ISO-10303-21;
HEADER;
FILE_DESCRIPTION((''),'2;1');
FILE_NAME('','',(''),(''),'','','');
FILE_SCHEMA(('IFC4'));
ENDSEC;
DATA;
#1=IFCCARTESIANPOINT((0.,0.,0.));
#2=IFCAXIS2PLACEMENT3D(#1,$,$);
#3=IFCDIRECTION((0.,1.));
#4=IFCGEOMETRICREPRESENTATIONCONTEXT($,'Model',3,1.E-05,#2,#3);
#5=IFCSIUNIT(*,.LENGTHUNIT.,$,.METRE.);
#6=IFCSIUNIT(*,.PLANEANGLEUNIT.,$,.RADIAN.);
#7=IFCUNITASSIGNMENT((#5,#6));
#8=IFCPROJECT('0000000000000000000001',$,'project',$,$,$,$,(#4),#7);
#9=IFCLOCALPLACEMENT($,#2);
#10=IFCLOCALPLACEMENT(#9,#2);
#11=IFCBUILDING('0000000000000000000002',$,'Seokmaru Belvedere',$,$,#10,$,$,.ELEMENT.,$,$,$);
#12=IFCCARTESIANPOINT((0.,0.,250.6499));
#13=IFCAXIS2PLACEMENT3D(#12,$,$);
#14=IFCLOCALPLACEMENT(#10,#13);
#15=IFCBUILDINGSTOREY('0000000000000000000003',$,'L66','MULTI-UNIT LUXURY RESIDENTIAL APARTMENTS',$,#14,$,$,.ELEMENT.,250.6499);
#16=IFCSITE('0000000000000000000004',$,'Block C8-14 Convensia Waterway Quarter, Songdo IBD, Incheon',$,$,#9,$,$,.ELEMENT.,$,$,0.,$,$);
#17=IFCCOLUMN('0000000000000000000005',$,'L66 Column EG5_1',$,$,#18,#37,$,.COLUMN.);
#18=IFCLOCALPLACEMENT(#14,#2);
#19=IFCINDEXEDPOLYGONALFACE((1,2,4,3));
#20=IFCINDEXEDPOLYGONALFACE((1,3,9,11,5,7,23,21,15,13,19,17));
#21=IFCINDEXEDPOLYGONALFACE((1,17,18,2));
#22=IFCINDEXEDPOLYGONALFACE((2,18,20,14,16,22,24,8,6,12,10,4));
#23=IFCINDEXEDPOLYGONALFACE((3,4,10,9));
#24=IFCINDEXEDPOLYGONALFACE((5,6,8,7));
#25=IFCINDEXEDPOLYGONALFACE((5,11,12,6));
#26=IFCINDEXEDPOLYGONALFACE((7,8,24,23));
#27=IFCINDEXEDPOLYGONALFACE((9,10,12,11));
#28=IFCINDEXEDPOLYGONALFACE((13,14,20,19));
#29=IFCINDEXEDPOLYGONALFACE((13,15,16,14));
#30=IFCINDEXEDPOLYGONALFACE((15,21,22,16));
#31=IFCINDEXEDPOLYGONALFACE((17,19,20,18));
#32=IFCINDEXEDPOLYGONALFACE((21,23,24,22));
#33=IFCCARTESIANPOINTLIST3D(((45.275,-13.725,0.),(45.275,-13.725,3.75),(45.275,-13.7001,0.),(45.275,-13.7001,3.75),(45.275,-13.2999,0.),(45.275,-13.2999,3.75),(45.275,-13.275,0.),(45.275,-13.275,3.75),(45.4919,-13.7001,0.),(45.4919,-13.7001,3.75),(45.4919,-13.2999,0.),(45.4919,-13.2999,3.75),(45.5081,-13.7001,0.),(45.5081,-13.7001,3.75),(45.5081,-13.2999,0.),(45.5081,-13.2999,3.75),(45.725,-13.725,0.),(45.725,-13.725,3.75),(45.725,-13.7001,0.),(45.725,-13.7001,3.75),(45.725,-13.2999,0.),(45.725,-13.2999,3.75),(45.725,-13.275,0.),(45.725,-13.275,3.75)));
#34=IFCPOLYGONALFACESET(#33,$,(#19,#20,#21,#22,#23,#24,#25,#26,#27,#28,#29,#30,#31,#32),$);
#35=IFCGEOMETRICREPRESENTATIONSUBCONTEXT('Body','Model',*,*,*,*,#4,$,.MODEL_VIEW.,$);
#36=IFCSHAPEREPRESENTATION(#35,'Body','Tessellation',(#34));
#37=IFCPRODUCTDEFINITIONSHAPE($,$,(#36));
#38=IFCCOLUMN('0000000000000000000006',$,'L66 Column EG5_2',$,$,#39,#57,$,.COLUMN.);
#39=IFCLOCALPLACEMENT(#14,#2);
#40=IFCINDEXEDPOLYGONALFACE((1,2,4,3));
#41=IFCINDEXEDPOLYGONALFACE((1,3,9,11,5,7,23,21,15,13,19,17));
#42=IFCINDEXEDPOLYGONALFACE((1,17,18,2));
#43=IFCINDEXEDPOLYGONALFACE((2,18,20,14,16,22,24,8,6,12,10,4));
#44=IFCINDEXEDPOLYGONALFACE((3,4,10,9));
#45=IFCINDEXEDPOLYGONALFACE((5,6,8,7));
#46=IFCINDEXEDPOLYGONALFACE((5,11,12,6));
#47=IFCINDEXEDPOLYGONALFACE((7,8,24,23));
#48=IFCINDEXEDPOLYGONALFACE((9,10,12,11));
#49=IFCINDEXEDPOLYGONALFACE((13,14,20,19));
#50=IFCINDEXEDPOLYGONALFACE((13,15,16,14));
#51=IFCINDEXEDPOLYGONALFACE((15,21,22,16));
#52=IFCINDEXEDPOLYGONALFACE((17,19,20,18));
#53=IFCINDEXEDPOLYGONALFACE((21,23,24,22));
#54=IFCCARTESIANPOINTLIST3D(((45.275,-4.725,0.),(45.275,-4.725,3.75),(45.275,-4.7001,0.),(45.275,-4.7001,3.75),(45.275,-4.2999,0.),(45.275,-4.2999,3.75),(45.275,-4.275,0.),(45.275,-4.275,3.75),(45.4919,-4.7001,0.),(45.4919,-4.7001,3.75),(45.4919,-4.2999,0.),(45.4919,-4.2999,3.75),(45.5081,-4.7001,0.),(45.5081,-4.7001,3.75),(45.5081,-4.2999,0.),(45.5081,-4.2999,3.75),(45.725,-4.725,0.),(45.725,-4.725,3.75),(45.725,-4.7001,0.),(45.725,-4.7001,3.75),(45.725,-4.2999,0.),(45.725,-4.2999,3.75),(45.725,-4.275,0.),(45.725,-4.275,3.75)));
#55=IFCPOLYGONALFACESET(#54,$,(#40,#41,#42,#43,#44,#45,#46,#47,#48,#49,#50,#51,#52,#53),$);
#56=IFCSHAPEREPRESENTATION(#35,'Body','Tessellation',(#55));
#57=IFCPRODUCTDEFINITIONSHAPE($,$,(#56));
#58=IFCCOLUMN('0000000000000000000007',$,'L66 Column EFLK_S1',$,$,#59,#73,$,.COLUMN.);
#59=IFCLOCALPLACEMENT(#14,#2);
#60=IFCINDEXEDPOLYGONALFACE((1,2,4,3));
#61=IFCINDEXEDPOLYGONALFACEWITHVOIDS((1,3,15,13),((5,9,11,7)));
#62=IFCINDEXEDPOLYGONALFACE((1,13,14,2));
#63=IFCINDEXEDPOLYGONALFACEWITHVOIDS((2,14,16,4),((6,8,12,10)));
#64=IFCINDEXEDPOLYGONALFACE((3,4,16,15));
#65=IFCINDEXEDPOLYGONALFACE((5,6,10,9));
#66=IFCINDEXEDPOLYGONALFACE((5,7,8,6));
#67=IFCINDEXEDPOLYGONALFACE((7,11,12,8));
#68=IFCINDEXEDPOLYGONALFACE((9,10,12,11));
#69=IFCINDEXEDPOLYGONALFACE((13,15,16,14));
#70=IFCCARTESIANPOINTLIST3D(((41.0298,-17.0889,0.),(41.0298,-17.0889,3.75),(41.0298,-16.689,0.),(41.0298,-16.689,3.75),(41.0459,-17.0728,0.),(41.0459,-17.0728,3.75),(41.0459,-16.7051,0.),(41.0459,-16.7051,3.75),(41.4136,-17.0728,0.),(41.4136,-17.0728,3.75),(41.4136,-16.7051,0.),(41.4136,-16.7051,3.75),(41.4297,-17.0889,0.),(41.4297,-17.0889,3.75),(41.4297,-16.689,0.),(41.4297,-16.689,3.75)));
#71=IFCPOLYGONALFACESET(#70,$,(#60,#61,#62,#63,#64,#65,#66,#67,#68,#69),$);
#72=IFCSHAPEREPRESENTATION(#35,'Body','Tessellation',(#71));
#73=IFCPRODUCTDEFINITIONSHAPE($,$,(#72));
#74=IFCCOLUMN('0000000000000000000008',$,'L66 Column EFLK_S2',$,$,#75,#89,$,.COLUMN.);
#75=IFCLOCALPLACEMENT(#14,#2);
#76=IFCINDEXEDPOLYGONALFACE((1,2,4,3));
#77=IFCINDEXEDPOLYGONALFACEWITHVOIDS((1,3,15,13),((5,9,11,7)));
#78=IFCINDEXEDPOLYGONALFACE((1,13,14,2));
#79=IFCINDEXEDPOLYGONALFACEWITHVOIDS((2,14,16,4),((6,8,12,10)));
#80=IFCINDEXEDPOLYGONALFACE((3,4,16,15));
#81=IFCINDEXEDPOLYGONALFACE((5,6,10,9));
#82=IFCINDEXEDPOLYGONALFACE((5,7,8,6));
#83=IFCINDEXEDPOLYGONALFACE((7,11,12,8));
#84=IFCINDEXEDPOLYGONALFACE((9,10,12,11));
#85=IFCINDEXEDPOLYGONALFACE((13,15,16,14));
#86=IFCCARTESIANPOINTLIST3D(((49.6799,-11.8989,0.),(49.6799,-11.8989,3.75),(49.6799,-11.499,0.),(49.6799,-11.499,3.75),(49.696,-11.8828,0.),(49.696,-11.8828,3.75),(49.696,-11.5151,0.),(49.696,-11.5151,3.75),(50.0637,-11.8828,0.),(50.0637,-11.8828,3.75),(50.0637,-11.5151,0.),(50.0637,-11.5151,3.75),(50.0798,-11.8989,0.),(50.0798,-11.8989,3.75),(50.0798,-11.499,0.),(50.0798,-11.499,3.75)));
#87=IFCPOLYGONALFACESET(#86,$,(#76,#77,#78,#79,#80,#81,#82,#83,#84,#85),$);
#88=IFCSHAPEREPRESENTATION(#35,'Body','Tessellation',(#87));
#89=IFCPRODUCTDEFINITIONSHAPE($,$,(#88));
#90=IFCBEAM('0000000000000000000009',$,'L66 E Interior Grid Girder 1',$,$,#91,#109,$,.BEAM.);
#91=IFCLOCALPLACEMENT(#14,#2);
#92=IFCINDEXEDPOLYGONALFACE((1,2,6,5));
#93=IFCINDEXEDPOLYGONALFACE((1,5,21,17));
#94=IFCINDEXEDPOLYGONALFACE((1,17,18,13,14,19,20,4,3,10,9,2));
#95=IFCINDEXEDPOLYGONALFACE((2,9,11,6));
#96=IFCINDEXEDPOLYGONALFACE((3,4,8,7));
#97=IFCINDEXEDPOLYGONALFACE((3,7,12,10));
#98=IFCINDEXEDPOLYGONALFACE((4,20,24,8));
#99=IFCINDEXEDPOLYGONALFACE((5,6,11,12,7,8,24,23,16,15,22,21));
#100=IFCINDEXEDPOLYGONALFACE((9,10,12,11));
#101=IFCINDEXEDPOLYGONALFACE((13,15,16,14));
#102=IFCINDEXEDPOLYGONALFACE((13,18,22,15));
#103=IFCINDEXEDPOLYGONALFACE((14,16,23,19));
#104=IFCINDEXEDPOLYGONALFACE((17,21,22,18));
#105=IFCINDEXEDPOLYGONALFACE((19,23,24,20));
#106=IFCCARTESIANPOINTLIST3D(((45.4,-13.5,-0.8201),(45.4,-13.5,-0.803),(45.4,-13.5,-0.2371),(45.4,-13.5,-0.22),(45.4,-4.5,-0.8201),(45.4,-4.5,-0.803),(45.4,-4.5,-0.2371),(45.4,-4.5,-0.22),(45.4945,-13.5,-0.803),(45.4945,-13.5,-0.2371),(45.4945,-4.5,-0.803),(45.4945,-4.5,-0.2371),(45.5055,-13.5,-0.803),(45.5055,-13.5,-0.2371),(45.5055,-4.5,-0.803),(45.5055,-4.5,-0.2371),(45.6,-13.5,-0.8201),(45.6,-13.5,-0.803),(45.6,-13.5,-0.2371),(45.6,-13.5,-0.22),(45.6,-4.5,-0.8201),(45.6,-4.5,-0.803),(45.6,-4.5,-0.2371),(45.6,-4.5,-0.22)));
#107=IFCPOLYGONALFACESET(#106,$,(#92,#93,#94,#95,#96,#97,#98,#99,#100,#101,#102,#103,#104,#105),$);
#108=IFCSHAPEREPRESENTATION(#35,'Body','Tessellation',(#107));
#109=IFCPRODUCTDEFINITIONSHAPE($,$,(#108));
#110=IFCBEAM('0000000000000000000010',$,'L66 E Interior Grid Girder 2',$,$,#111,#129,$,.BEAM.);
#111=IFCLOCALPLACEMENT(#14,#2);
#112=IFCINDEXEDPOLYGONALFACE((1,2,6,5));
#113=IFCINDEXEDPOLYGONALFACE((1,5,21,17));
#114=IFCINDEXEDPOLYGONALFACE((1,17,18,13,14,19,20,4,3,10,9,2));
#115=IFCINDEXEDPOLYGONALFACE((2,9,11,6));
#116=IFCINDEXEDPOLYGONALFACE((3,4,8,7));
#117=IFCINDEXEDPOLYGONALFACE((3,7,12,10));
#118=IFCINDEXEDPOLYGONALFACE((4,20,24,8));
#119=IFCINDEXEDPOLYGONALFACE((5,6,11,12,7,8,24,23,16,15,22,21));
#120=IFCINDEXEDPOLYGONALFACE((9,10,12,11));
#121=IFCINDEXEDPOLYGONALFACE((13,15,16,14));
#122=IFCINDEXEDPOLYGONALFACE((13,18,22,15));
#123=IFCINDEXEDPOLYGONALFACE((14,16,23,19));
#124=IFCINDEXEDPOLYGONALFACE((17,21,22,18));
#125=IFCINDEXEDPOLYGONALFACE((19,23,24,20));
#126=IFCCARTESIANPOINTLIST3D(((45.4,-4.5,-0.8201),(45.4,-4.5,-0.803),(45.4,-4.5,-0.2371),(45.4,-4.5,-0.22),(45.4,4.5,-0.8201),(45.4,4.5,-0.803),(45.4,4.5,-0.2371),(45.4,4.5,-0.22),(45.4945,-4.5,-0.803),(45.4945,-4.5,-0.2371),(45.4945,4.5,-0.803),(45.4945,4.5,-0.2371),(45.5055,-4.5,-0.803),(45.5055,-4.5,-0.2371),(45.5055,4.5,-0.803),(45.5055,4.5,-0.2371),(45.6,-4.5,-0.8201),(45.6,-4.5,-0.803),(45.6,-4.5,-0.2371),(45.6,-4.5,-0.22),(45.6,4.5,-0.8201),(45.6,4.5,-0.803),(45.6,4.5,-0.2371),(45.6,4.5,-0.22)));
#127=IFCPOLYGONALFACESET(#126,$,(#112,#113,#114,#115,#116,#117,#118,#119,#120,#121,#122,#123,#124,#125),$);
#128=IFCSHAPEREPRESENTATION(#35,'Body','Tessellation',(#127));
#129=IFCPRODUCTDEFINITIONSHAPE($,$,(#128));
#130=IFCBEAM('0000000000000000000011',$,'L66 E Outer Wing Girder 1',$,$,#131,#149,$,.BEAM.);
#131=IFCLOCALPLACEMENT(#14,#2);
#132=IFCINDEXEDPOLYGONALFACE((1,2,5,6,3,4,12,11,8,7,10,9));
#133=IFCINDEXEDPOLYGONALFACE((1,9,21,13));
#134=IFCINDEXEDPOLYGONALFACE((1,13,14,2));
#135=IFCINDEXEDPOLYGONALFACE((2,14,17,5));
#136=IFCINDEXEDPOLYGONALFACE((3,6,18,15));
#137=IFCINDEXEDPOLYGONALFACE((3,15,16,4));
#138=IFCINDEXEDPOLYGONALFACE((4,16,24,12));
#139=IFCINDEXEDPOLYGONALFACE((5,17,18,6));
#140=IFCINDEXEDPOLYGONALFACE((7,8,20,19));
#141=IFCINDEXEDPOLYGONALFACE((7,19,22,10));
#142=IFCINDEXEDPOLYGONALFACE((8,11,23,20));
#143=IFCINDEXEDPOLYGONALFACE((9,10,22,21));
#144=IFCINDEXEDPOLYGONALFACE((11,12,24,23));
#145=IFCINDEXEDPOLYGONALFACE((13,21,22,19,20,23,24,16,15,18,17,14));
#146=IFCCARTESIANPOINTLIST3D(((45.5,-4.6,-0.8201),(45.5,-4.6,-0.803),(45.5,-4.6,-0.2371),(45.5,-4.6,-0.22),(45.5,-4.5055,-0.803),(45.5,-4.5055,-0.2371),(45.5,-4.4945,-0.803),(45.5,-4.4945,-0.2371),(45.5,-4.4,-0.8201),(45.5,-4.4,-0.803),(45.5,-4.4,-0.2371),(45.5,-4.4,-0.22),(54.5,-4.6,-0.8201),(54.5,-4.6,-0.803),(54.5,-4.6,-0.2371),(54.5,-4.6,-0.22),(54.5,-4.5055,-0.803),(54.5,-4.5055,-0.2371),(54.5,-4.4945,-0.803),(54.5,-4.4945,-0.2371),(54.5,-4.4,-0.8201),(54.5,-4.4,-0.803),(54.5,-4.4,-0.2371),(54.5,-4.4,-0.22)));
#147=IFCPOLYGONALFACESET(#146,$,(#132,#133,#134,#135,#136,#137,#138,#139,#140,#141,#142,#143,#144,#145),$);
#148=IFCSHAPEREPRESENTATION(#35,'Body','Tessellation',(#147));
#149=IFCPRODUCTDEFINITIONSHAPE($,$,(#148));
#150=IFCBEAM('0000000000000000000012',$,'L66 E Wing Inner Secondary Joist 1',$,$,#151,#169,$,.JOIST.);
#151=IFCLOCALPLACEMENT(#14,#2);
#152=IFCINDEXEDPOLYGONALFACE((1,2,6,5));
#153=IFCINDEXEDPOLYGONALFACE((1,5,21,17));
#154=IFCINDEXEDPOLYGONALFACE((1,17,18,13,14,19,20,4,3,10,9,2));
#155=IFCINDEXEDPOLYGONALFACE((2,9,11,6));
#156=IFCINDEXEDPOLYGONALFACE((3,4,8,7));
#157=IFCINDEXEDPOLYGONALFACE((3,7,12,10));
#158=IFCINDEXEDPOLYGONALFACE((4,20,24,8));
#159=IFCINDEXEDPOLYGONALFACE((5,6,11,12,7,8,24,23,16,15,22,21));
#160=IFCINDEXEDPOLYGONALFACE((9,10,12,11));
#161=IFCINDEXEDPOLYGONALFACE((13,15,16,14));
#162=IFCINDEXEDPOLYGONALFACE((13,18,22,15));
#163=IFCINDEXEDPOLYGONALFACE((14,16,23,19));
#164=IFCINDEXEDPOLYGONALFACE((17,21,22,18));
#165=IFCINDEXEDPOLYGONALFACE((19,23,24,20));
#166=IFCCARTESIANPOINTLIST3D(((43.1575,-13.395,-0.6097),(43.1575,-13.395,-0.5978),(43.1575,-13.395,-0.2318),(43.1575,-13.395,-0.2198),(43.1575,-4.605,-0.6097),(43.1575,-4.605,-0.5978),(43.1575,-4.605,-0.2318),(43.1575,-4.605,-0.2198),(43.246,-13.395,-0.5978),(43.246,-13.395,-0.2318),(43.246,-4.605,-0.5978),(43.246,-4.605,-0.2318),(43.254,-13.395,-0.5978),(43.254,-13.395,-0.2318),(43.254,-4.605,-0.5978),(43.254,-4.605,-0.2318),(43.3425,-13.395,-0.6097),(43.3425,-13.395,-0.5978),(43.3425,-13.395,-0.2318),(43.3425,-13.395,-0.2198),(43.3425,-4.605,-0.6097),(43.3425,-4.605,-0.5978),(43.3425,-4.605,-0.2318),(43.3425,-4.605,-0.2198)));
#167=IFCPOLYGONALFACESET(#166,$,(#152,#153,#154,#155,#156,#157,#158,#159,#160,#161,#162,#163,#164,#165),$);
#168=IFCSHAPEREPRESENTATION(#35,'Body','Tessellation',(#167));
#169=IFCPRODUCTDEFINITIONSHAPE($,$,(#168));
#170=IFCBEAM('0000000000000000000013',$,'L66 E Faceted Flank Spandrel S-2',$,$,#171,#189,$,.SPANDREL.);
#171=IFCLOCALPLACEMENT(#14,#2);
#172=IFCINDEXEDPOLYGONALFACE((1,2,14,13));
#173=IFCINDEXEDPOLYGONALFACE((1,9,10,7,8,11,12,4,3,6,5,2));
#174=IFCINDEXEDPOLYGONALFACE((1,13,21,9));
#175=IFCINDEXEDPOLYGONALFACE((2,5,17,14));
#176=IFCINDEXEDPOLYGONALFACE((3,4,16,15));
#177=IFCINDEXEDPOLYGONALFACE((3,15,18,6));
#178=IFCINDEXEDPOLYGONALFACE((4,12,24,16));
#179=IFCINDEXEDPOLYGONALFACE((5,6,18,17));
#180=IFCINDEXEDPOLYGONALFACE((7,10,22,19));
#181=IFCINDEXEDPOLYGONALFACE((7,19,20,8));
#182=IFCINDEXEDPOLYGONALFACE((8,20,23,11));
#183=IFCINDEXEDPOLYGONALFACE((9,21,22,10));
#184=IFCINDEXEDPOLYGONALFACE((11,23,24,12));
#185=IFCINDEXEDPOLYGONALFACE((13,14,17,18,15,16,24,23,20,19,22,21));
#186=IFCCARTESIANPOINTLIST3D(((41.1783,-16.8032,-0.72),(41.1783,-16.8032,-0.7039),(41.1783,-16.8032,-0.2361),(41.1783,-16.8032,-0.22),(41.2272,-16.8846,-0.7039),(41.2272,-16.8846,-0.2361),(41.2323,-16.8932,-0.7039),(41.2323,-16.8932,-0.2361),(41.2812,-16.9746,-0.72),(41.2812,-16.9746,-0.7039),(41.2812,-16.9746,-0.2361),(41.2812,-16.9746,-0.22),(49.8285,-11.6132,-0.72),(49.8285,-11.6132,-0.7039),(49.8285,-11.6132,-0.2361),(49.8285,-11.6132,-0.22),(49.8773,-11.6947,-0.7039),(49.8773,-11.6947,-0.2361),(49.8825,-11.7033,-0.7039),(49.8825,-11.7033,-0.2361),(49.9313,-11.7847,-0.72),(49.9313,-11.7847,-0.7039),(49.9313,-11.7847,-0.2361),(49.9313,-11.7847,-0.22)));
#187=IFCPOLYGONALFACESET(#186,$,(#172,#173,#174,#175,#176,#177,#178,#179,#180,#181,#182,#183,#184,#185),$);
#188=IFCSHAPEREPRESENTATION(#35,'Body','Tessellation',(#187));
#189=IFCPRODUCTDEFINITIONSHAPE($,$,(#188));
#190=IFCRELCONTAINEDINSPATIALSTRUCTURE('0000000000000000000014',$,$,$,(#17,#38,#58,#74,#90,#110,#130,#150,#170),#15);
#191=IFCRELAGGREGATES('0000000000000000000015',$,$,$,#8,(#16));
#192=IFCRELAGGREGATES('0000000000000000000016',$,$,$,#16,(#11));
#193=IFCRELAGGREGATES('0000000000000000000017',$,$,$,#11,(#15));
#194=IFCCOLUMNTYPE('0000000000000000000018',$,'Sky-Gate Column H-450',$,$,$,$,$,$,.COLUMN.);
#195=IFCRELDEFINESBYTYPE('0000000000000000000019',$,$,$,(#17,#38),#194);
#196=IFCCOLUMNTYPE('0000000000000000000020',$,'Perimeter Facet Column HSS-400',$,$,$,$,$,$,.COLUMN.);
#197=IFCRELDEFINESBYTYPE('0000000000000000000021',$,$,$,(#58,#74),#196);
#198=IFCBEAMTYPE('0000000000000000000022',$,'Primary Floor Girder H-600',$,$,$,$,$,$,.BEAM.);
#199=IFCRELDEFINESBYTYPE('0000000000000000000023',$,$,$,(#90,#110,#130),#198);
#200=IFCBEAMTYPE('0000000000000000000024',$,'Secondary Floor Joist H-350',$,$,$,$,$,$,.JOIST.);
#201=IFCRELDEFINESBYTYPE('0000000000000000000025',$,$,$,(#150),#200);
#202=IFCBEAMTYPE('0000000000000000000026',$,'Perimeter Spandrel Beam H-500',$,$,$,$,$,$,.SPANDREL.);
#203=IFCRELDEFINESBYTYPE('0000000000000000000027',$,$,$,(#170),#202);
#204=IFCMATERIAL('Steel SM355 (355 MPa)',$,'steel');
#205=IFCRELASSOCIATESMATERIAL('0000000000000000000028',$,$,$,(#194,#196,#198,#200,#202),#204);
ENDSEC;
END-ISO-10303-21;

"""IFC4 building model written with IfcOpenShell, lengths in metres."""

from ifc_helpers import new_model, si_unit, direction, frame, origin, origin_2d, place, context, subcontext, project, spatial, hollow_rectangle, i_section, extrude, source, transform, mapped, material, material_profile, profile_set, type_object, type_shapes, element, save


model = new_model("IFC4")

# Units and contexts
model_context = context("Model", 3, precision=1e-05, world=origin(), true_north=direction((0.0, 1.0)))
body_context = subcontext(model_context, "Body", "Model", "MODEL_VIEW")
ifc_project = project(units=[si_unit("LENGTHUNIT", "METRE"), si_unit("PLANEANGLEUNIT", "RADIAN")], contexts=[model_context])

# Site, building, storey
site_placement = place(None, origin())
site = spatial("IfcSite", under=ifc_project, at=site_placement, Name="Block C8-14 Convensia Waterway Quarter, Songdo IBD, Incheon", CompositionType="ELEMENT", RefElevation=0.0)
building_placement = place(site_placement, origin())
building = spatial("IfcBuilding", under=site, at=building_placement, Name="Seokmaru Belvedere", CompositionType="ELEMENT")
storey_placement = place(building_placement, frame((0.0, 0.0, 250.6499)))
storey = spatial("IfcBuildingStorey", under=building, at=storey_placement, Name="L66", Description="MULTI-UNIT LUXURY RESIDENTIAL APARTMENTS", CompositionType="ELEMENT", Elevation=250.6499)

# Columns
ifc_material_1 = material(Name="Steel SM355 (355 MPa)", Category="steel")
ifc_material_profile_1 = material_profile(ifc_material_1, i_section(OverallWidth=0.45, OverallDepth=0.45, WebThickness=0.0161, FlangeThickness=0.0249, at=origin_2d()), Name="H-450x450x16x25")
ifc_profile_set_1 = profile_set([ifc_material_profile_1], Name="Steel SM355 (355 MPa)")
column_type_1 = type_object("IfcColumnType", Name="Sky-Gate Column H-450", PredefinedType="COLUMN", material=ifc_profile_set_1)
shared_shape_1 = source(origin(), body_context, "Body", "SweptSolid", [
    extrude(i_section(OverallWidth=0.45, OverallDepth=0.45, WebThickness=0.0161, FlangeThickness=0.0249, at=origin_2d()), origin(), (0.0, 0.0, 1.0), 3.75),
])
type_shapes(column_type_1, [shared_shape_1])
for number, where, z_axis, x_axis, name in (
    (1, (45.5, -13.5, 0.0), (0.0, 0.0, 1.0), (1.0, 0.0, 0.0), "L66 Column EG5_1"),
    (2, (45.5, -4.5, 0.0), (0.0, 0.0, 1.0), (1.0, 0.0, 0.0), "L66 Column EG5_2"),
):
    element("IfcColumn", number, at=place(storey_placement, frame(where, z_axis=z_axis, x_axis=x_axis)), inside=storey, type_object=column_type_1, Name=name, PredefinedType="COLUMN", context=body_context, shape_type="MappedRepresentation", body=[
        mapped(shared_shape_1, transform((0.0, 0.0, 0.0), scale=1.0)),
    ])
ifc_material_profile_2 = material_profile(ifc_material_1, hollow_rectangle(XDim=0.3999, YDim=0.3999, WallThickness=0.0161, at=origin_2d()), Name="HSS-400x400x16")
ifc_profile_set_2 = profile_set([ifc_material_profile_2], Name="Steel SM355 (355 MPa)")
column_type_2 = type_object("IfcColumnType", Name="Perimeter Facet Column HSS-400", PredefinedType="COLUMN", material=ifc_profile_set_2)
shared_shape_2 = source(origin(), body_context, "Body", "SweptSolid", [
    extrude(hollow_rectangle(XDim=0.3999, YDim=0.3999, WallThickness=0.0161, at=origin_2d()), origin(), (0.0, 0.0, 1.0), 3.75),
])
type_shapes(column_type_2, [shared_shape_2])
for number, where, z_axis, x_axis, name in (
    (3, (41.2297, -16.8889, 0.0), (0.0, 0.0, 1.0), (1.0, 0.0, 0.0), "L66 Column EFLK_S1"),
    (4, (49.8799, -11.699, 0.0), (0.0, 0.0, 1.0), (1.0, 0.0, 0.0), "L66 Column EFLK_S2"),
):
    element("IfcColumn", number, at=place(storey_placement, frame(where, z_axis=z_axis, x_axis=x_axis)), inside=storey, type_object=column_type_2, Name=name, PredefinedType="COLUMN", context=body_context, shape_type="MappedRepresentation", body=[
        mapped(shared_shape_2, transform((0.0, 0.0, 0.0), scale=1.0)),
    ])

# Beams
ifc_material_profile_3 = material_profile(ifc_material_1, i_section(OverallWidth=0.2, OverallDepth=0.6001, WebThickness=0.011, FlangeThickness=0.0171, at=origin_2d()), Name="H-600x200x11x17")
ifc_profile_set_3 = profile_set([ifc_material_profile_3], Name="Steel SM355 (355 MPa)")
beam_type_1 = type_object("IfcBeamType", Name="Primary Floor Girder H-600", PredefinedType="BEAM", material=ifc_profile_set_3)
shared_shape_3 = source(origin(), body_context, "Body", "SweptSolid", [
    extrude(i_section(OverallWidth=0.2, OverallDepth=0.6001, WebThickness=0.011, FlangeThickness=0.0171, at=origin_2d()), origin(), (0.0, 0.0, 1.0), 9.0),
])
for number, where, z_axis, x_axis, name in (
    (5, (45.5, -13.5, -0.52), (0.0, 1.0, 0.0), (-1.0, 0.0, 0.0), "L66 E Interior Grid Girder 1"),
    (6, (45.5, -4.5, -0.52), (0.0, 1.0, 0.0), (-1.0, 0.0, 0.0), "L66 E Interior Grid Girder 2"),
    (7, (45.5, -4.5, -0.52), (1.0, 0.0, 0.0), (0.0, 1.0, 0.0), "L66 E Outer Wing Girder 1"),
):
    element("IfcBeam", number, at=place(storey_placement, frame(where, z_axis=z_axis, x_axis=x_axis)), inside=storey, type_object=beam_type_1, Name=name, PredefinedType="BEAM", context=body_context, shape_type="MappedRepresentation", body=[
        mapped(shared_shape_3, transform((0.0, 0.0, 0.0), scale=1.0)),
    ])
ifc_material_profile_4 = material_profile(ifc_material_1, i_section(OverallWidth=0.1851, OverallDepth=0.3899, WebThickness=0.0081, FlangeThickness=0.012, at=origin_2d()), Name="H-390x185x8x12")
ifc_profile_set_4 = profile_set([ifc_material_profile_4], Name="Steel SM355 (355 MPa)")
beam_type_2 = type_object("IfcBeamType", Name="Secondary Floor Joist H-350", PredefinedType="JOIST", material=ifc_profile_set_4)
shared_shape_4 = source(origin(), body_context, "Body", "SweptSolid", [
    extrude(i_section(OverallWidth=0.1851, OverallDepth=0.3899, WebThickness=0.0081, FlangeThickness=0.012, at=origin_2d()), origin(), (0.0, 0.0, 1.0), 8.79),
])
type_shapes(beam_type_2, [shared_shape_4])
beam_1_placement = place(storey_placement, frame((43.25, -13.395, -0.4148), z_axis=(0.0, 1.0, 0.0), x_axis=(-1.0, 0.0, 0.0)))
element("IfcBeam", 8, at=beam_1_placement, inside=storey, type_object=beam_type_2, Name="L66 E Wing Inner Secondary Joist 1", PredefinedType="JOIST", context=body_context, shape_type="MappedRepresentation", body=[
    mapped(shared_shape_4, transform((0.0, 0.0, 0.0), scale=1.0)),
])
ifc_material_profile_5 = material_profile(ifc_material_1, i_section(OverallWidth=0.2, OverallDepth=0.5, WebThickness=0.01, FlangeThickness=0.0161, at=origin_2d()), Name="H-500x200x10x16")
ifc_profile_set_5 = profile_set([ifc_material_profile_5], Name="Steel SM355 (355 MPa)")
beam_type_3 = type_object("IfcBeamType", Name="Perimeter Spandrel Beam H-500", PredefinedType="SPANDREL", material=ifc_profile_set_5)
shared_shape_5 = source(origin(), body_context, "Body", "SweptSolid", [
    extrude(i_section(OverallWidth=0.2, OverallDepth=0.5, WebThickness=0.01, FlangeThickness=0.0161, at=origin_2d()), origin(), (0.0, 0.0, 1.0), 10.0876),
])
type_shapes(beam_type_3, [shared_shape_5])
for number, where, z_axis, x_axis, name in (
    (9, (41.2297, -16.8889, -0.47), (0.857499, 0.514485, 0.0), (-0.514485, 0.857499, 0.0), "L66 E Faceted Flank Spandrel S-2"),
):
    element("IfcBeam", number, at=place(storey_placement, frame(where, z_axis=z_axis, x_axis=x_axis)), inside=storey, type_object=beam_type_3, Name=name, PredefinedType="SPANDREL", context=body_context, shape_type="MappedRepresentation", body=[
        mapped(shared_shape_5, transform((0.0, 0.0, 0.0), scale=1.0)),
    ])

save(model, "model.ifc")
